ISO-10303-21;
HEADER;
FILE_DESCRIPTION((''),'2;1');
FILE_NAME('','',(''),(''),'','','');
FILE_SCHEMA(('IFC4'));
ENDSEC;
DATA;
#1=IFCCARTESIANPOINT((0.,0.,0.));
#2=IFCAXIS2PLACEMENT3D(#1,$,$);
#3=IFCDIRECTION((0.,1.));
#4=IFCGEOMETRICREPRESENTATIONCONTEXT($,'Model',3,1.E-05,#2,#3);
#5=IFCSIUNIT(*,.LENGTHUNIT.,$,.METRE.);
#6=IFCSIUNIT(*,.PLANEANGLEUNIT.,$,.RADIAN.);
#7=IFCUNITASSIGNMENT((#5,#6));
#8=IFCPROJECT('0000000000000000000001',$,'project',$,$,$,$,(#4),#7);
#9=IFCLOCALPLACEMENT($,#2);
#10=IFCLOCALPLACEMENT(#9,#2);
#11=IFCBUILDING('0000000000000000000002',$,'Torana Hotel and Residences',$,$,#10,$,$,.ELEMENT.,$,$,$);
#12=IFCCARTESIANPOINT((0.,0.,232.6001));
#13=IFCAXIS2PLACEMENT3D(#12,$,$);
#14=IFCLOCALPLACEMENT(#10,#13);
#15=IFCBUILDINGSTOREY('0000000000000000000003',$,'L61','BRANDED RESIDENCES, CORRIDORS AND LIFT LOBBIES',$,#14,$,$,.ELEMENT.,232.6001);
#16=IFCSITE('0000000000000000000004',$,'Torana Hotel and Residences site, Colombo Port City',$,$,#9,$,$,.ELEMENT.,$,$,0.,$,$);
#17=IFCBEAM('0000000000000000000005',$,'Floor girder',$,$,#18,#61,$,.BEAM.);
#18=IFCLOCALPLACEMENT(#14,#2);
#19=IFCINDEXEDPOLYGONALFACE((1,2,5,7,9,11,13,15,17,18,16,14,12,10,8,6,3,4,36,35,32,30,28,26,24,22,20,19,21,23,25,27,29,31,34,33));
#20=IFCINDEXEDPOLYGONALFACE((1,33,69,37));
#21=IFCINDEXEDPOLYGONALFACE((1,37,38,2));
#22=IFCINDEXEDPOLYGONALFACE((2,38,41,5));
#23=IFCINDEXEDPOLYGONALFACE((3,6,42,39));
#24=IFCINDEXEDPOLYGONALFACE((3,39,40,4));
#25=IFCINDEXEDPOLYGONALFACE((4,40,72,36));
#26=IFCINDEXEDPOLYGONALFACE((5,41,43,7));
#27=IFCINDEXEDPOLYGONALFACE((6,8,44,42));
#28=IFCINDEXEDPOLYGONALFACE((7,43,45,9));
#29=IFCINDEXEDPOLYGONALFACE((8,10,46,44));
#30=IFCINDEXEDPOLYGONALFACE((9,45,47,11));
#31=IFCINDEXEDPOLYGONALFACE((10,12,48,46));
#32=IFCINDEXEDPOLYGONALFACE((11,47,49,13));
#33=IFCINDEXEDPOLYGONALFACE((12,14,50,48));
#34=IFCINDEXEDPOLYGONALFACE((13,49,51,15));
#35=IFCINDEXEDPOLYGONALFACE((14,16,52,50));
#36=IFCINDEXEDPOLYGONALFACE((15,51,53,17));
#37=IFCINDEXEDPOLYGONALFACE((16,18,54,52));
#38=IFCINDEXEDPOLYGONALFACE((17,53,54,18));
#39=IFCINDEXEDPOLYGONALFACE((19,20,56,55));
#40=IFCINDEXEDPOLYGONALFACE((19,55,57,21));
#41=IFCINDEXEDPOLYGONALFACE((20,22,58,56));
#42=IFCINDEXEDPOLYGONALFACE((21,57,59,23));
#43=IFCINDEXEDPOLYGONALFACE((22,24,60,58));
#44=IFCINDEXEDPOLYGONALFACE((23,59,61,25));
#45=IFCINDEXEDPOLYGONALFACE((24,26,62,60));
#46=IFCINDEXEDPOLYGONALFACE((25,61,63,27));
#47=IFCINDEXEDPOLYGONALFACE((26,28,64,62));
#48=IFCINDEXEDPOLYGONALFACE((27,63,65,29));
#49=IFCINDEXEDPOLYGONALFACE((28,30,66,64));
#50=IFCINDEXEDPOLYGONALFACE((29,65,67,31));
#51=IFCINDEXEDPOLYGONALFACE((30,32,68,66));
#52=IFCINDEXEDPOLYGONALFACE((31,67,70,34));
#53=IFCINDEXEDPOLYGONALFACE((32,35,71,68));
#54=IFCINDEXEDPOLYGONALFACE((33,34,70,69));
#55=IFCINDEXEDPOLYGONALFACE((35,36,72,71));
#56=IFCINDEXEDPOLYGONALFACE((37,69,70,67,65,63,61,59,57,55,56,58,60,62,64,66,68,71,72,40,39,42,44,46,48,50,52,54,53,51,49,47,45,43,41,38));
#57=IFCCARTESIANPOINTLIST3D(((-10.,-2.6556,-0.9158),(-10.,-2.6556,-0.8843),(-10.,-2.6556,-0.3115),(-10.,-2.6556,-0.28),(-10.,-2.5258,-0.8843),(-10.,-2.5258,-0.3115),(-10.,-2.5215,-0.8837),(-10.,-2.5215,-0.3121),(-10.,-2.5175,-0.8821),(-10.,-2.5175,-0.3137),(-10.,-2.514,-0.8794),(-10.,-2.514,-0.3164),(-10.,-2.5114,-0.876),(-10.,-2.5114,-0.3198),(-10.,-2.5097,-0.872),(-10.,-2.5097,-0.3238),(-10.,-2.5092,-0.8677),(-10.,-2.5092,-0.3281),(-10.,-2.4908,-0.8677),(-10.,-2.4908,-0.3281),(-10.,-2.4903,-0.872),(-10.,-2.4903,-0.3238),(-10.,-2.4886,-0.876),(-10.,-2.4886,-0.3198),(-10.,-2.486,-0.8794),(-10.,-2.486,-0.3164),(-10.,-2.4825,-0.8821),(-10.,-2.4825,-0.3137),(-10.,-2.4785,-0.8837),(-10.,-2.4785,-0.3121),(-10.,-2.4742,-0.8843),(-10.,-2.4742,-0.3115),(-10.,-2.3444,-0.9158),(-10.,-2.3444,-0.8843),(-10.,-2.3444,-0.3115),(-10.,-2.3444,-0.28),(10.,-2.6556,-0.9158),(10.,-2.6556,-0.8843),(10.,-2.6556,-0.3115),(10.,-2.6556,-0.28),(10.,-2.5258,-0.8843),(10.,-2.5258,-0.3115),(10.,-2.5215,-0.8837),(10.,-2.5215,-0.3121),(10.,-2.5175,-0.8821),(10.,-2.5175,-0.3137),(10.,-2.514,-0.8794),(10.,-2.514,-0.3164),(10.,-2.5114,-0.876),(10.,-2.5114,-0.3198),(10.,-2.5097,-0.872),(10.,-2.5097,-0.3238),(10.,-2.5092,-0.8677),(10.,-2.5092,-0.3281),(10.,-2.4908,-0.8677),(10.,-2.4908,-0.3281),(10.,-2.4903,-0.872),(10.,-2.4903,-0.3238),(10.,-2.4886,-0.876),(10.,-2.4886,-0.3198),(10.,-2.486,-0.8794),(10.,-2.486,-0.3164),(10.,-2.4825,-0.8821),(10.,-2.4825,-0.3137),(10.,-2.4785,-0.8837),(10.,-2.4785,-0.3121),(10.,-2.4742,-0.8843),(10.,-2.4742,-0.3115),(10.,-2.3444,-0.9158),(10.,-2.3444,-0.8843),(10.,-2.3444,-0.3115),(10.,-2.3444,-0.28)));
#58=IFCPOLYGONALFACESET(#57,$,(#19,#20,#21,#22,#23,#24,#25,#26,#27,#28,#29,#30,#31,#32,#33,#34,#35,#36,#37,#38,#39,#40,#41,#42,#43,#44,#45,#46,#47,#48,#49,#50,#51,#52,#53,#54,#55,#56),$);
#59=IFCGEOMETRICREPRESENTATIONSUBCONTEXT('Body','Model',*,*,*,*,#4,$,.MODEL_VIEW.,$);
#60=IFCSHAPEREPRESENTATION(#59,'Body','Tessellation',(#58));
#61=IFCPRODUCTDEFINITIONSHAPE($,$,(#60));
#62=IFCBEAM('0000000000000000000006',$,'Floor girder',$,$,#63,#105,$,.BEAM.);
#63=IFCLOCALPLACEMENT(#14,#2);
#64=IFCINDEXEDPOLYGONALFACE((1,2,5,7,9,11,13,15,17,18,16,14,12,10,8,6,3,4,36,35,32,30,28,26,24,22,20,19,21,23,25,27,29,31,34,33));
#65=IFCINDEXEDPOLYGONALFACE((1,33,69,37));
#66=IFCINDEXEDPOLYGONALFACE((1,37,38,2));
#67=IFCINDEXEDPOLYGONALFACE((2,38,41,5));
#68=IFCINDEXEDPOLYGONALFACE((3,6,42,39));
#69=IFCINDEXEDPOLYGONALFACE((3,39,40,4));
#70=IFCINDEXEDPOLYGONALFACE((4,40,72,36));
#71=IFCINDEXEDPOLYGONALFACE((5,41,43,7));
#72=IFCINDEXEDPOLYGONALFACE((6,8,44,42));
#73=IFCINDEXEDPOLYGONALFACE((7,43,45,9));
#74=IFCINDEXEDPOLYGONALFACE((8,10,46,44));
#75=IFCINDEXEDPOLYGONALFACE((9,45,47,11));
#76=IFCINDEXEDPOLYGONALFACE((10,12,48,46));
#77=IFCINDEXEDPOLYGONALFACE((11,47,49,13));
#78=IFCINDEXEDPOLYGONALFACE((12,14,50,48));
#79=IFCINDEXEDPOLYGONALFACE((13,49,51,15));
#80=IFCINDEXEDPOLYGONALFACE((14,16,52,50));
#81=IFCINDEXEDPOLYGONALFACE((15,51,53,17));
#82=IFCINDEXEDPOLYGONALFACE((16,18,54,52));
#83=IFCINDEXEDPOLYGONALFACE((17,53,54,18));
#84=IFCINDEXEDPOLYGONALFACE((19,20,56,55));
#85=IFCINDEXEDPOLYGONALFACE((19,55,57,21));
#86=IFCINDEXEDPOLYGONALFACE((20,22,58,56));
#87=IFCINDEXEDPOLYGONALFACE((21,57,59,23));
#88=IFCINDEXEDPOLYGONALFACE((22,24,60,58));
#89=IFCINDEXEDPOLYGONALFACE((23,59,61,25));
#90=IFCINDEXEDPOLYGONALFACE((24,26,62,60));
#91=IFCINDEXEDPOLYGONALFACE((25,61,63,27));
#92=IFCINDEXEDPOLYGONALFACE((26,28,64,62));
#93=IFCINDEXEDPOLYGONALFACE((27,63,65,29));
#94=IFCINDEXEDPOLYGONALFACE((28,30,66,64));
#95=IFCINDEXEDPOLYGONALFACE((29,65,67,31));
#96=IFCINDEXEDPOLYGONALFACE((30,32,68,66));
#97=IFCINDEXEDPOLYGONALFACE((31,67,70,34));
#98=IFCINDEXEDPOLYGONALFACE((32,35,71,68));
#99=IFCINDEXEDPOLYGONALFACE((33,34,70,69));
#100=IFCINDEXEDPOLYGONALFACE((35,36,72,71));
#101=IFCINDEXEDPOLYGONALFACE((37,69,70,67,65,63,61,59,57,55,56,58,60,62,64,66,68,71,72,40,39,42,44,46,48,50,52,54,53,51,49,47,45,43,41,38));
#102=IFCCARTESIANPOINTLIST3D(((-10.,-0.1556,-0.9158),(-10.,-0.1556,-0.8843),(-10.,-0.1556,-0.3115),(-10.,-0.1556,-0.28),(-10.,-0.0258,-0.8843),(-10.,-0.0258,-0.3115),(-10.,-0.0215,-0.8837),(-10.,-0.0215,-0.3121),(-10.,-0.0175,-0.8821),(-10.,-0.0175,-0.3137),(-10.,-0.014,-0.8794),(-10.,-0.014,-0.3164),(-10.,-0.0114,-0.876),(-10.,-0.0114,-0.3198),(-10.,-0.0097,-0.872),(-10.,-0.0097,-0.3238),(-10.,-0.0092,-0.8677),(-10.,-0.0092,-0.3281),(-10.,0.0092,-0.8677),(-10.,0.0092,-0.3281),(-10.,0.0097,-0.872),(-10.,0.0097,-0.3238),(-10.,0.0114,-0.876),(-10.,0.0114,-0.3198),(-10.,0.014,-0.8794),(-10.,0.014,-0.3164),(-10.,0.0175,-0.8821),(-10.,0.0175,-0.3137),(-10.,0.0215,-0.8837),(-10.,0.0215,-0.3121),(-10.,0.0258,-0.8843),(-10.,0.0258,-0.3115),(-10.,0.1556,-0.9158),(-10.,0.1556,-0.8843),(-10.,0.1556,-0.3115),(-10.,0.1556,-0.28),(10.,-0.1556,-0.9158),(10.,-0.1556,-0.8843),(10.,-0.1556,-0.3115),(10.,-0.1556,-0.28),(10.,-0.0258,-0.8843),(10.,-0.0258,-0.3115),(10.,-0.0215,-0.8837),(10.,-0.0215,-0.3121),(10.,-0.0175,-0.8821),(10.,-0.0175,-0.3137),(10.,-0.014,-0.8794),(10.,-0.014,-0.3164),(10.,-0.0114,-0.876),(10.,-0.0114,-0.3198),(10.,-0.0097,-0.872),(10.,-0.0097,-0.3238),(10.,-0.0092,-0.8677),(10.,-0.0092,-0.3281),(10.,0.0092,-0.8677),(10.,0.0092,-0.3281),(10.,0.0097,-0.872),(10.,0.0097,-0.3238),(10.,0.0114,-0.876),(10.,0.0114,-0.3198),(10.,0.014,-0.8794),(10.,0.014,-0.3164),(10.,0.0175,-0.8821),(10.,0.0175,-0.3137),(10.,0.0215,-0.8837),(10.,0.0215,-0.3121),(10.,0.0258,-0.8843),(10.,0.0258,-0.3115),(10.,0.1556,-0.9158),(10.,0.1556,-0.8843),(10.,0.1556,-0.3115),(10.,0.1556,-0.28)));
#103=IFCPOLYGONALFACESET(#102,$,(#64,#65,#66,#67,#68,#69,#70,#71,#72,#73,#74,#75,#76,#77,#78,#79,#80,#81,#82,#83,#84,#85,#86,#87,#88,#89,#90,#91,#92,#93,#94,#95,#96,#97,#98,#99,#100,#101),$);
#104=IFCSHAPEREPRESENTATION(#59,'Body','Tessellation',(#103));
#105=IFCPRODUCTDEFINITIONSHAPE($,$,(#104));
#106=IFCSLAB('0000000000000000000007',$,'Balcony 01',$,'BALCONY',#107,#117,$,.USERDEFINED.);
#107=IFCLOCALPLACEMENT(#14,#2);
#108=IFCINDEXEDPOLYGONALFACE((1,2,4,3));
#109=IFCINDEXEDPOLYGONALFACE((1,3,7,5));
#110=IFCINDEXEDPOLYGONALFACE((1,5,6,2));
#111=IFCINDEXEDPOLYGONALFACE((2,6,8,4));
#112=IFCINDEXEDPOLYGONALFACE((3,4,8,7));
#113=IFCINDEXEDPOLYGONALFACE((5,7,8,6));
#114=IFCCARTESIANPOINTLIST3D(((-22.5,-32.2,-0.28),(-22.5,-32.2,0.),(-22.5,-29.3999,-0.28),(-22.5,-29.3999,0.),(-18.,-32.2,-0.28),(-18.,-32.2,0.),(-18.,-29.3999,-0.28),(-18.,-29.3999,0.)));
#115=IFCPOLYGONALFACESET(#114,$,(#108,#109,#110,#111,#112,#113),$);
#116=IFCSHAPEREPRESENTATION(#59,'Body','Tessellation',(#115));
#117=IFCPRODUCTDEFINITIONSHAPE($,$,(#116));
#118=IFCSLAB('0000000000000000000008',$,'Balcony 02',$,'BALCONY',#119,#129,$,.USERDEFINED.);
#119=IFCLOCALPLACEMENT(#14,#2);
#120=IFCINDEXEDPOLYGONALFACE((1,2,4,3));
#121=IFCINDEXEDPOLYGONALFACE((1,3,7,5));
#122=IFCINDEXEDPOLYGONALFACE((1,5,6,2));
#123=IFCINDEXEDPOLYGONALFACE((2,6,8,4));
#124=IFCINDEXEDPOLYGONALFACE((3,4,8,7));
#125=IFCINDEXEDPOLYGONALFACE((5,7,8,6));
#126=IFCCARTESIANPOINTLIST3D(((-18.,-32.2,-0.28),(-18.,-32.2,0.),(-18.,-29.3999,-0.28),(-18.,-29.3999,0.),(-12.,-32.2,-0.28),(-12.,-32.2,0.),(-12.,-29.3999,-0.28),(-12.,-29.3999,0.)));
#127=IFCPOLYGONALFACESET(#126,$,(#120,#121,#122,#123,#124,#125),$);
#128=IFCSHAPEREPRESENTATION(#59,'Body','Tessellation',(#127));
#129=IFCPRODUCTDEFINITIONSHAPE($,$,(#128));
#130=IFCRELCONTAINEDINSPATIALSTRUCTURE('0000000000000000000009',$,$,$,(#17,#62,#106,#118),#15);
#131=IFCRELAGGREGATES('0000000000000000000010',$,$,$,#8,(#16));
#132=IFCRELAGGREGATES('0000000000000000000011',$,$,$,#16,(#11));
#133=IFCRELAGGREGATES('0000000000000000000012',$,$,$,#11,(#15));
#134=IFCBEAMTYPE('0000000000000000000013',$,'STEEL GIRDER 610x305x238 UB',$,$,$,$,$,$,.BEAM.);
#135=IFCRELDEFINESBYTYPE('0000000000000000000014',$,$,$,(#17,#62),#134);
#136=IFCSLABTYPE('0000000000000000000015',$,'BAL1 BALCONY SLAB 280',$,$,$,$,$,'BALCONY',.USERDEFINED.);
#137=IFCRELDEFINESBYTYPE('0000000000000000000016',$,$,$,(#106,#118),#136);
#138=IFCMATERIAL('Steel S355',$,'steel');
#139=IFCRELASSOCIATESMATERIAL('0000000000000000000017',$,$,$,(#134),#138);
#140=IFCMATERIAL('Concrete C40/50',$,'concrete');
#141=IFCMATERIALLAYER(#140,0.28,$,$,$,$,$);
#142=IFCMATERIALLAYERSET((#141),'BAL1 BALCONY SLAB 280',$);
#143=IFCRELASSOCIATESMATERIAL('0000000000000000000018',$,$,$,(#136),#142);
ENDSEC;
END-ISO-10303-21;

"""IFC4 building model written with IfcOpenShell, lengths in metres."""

from ifc_helpers import new_model, si_unit, direction, frame, origin, origin_2d, place, context, subcontext, project, spatial, polyline, i_section, outline, extrude, material, layer, layer_set, material_profile, profile_set, type_object, element, save


model = new_model("IFC4")

# Units and contexts
model_context = context("Model", 3, precision=1e-05, world=origin(), true_north=direction((0.0, 1.0)))
body_context = subcontext(model_context, "Body", "Model", "MODEL_VIEW")
ifc_project = project(units=[si_unit("LENGTHUNIT", "METRE"), si_unit("PLANEANGLEUNIT", "RADIAN")], contexts=[model_context])

# Site, building, storey
site_placement = place(None, origin())
site = spatial("IfcSite", under=ifc_project, at=site_placement, Name="Torana Hotel and Residences site, Colombo Port City", CompositionType="ELEMENT", RefElevation=0.0)
building_placement = place(site_placement, origin())
building = spatial("IfcBuilding", under=site, at=building_placement, Name="Torana Hotel and Residences", CompositionType="ELEMENT")
storey_placement = place(building_placement, frame((0.0, 0.0, 232.6001)))
storey = spatial("IfcBuildingStorey", under=building, at=storey_placement, Name="L61", Description="BRANDED RESIDENCES, CORRIDORS AND LIFT LOBBIES", CompositionType="ELEMENT", Elevation=232.6001)

# Beams
ifc_material_1 = material(Name="Steel S355", Category="steel")
ifc_material_profile = material_profile(ifc_material_1, i_section(OverallWidth=0.3113, OverallDepth=0.6357, WebThickness=0.0183, FlangeThickness=0.0315, FilletRadius=0.0166, at=origin_2d()), Name="610x305x238 UB")
ifc_profile_set = profile_set([ifc_material_profile], Name="Steel S355")
beam_type = type_object("IfcBeamType", Name="STEEL GIRDER 610x305x238 UB", PredefinedType="BEAM", material=ifc_profile_set)
for number, where, z_axis, x_axis, name in (
    (1, (-10.0, -2.5, -0.5979), (1.0, 0.0, 0.0), (0.0, 1.0, 0.0), "Floor girder"),
    (2, (-10.0, 0.0, -0.5979), (1.0, 0.0, 0.0), (0.0, 1.0, 0.0), "Floor girder"),
):
    element("IfcBeam", number, at=place(storey_placement, frame(where, z_axis=z_axis, x_axis=x_axis)), inside=storey, type_object=beam_type, Name=name, PredefinedType="BEAM", context=body_context, shape_type="SweptSolid", body=[
        extrude(i_section(OverallWidth=0.3113, OverallDepth=0.6357, WebThickness=0.0183, FlangeThickness=0.0315, FilletRadius=0.0166, at=origin_2d()), origin(), (0.0, 0.0, 1.0), 20.0),
    ])

# Slabs
ifc_material_2 = material(Name="Concrete C40/50", Category="concrete")
ifc_layer_1 = layer(ifc_material_2, 0.28)
ifc_layer_set_1 = layer_set([ifc_layer_1], Name="BAL1 BALCONY SLAB 280")
slab_type_1 = type_object("IfcSlabType", Name="BAL1 BALCONY SLAB 280", ElementType="BALCONY", PredefinedType="USERDEFINED", material=ifc_layer_set_1)
slab_1_placement = place(storey_placement, frame((0.0, 0.0, -0.28)))
element("IfcSlab", 3, at=slab_1_placement, inside=storey, type_object=slab_type_1, Name="Balcony 01", ObjectType="BALCONY", PredefinedType="USERDEFINED", context=body_context, shape_type="SweptSolid", body=[
    extrude(outline(polyline([(-22.5, -32.2), (-18.0, -32.2), (-18.0, -29.3999), (-22.5, -29.3999), (-22.5, -32.2)])), origin(), (0.0, 0.0, 1.0), 0.28),
])
slab_2_placement = place(storey_placement, frame((0.0, 0.0, -0.28)))
element("IfcSlab", 4, at=slab_2_placement, inside=storey, type_object=slab_type_1, Name="Balcony 02", ObjectType="BALCONY", PredefinedType="USERDEFINED", context=body_context, shape_type="SweptSolid", body=[
    extrude(outline(polyline([(-18.0, -32.2), (-12.0, -32.2), (-12.0, -29.3999), (-18.0, -29.3999), (-18.0, -32.2)])), origin(), (0.0, 0.0, 1.0), 0.28),
])

save(model, "model.ifc")
